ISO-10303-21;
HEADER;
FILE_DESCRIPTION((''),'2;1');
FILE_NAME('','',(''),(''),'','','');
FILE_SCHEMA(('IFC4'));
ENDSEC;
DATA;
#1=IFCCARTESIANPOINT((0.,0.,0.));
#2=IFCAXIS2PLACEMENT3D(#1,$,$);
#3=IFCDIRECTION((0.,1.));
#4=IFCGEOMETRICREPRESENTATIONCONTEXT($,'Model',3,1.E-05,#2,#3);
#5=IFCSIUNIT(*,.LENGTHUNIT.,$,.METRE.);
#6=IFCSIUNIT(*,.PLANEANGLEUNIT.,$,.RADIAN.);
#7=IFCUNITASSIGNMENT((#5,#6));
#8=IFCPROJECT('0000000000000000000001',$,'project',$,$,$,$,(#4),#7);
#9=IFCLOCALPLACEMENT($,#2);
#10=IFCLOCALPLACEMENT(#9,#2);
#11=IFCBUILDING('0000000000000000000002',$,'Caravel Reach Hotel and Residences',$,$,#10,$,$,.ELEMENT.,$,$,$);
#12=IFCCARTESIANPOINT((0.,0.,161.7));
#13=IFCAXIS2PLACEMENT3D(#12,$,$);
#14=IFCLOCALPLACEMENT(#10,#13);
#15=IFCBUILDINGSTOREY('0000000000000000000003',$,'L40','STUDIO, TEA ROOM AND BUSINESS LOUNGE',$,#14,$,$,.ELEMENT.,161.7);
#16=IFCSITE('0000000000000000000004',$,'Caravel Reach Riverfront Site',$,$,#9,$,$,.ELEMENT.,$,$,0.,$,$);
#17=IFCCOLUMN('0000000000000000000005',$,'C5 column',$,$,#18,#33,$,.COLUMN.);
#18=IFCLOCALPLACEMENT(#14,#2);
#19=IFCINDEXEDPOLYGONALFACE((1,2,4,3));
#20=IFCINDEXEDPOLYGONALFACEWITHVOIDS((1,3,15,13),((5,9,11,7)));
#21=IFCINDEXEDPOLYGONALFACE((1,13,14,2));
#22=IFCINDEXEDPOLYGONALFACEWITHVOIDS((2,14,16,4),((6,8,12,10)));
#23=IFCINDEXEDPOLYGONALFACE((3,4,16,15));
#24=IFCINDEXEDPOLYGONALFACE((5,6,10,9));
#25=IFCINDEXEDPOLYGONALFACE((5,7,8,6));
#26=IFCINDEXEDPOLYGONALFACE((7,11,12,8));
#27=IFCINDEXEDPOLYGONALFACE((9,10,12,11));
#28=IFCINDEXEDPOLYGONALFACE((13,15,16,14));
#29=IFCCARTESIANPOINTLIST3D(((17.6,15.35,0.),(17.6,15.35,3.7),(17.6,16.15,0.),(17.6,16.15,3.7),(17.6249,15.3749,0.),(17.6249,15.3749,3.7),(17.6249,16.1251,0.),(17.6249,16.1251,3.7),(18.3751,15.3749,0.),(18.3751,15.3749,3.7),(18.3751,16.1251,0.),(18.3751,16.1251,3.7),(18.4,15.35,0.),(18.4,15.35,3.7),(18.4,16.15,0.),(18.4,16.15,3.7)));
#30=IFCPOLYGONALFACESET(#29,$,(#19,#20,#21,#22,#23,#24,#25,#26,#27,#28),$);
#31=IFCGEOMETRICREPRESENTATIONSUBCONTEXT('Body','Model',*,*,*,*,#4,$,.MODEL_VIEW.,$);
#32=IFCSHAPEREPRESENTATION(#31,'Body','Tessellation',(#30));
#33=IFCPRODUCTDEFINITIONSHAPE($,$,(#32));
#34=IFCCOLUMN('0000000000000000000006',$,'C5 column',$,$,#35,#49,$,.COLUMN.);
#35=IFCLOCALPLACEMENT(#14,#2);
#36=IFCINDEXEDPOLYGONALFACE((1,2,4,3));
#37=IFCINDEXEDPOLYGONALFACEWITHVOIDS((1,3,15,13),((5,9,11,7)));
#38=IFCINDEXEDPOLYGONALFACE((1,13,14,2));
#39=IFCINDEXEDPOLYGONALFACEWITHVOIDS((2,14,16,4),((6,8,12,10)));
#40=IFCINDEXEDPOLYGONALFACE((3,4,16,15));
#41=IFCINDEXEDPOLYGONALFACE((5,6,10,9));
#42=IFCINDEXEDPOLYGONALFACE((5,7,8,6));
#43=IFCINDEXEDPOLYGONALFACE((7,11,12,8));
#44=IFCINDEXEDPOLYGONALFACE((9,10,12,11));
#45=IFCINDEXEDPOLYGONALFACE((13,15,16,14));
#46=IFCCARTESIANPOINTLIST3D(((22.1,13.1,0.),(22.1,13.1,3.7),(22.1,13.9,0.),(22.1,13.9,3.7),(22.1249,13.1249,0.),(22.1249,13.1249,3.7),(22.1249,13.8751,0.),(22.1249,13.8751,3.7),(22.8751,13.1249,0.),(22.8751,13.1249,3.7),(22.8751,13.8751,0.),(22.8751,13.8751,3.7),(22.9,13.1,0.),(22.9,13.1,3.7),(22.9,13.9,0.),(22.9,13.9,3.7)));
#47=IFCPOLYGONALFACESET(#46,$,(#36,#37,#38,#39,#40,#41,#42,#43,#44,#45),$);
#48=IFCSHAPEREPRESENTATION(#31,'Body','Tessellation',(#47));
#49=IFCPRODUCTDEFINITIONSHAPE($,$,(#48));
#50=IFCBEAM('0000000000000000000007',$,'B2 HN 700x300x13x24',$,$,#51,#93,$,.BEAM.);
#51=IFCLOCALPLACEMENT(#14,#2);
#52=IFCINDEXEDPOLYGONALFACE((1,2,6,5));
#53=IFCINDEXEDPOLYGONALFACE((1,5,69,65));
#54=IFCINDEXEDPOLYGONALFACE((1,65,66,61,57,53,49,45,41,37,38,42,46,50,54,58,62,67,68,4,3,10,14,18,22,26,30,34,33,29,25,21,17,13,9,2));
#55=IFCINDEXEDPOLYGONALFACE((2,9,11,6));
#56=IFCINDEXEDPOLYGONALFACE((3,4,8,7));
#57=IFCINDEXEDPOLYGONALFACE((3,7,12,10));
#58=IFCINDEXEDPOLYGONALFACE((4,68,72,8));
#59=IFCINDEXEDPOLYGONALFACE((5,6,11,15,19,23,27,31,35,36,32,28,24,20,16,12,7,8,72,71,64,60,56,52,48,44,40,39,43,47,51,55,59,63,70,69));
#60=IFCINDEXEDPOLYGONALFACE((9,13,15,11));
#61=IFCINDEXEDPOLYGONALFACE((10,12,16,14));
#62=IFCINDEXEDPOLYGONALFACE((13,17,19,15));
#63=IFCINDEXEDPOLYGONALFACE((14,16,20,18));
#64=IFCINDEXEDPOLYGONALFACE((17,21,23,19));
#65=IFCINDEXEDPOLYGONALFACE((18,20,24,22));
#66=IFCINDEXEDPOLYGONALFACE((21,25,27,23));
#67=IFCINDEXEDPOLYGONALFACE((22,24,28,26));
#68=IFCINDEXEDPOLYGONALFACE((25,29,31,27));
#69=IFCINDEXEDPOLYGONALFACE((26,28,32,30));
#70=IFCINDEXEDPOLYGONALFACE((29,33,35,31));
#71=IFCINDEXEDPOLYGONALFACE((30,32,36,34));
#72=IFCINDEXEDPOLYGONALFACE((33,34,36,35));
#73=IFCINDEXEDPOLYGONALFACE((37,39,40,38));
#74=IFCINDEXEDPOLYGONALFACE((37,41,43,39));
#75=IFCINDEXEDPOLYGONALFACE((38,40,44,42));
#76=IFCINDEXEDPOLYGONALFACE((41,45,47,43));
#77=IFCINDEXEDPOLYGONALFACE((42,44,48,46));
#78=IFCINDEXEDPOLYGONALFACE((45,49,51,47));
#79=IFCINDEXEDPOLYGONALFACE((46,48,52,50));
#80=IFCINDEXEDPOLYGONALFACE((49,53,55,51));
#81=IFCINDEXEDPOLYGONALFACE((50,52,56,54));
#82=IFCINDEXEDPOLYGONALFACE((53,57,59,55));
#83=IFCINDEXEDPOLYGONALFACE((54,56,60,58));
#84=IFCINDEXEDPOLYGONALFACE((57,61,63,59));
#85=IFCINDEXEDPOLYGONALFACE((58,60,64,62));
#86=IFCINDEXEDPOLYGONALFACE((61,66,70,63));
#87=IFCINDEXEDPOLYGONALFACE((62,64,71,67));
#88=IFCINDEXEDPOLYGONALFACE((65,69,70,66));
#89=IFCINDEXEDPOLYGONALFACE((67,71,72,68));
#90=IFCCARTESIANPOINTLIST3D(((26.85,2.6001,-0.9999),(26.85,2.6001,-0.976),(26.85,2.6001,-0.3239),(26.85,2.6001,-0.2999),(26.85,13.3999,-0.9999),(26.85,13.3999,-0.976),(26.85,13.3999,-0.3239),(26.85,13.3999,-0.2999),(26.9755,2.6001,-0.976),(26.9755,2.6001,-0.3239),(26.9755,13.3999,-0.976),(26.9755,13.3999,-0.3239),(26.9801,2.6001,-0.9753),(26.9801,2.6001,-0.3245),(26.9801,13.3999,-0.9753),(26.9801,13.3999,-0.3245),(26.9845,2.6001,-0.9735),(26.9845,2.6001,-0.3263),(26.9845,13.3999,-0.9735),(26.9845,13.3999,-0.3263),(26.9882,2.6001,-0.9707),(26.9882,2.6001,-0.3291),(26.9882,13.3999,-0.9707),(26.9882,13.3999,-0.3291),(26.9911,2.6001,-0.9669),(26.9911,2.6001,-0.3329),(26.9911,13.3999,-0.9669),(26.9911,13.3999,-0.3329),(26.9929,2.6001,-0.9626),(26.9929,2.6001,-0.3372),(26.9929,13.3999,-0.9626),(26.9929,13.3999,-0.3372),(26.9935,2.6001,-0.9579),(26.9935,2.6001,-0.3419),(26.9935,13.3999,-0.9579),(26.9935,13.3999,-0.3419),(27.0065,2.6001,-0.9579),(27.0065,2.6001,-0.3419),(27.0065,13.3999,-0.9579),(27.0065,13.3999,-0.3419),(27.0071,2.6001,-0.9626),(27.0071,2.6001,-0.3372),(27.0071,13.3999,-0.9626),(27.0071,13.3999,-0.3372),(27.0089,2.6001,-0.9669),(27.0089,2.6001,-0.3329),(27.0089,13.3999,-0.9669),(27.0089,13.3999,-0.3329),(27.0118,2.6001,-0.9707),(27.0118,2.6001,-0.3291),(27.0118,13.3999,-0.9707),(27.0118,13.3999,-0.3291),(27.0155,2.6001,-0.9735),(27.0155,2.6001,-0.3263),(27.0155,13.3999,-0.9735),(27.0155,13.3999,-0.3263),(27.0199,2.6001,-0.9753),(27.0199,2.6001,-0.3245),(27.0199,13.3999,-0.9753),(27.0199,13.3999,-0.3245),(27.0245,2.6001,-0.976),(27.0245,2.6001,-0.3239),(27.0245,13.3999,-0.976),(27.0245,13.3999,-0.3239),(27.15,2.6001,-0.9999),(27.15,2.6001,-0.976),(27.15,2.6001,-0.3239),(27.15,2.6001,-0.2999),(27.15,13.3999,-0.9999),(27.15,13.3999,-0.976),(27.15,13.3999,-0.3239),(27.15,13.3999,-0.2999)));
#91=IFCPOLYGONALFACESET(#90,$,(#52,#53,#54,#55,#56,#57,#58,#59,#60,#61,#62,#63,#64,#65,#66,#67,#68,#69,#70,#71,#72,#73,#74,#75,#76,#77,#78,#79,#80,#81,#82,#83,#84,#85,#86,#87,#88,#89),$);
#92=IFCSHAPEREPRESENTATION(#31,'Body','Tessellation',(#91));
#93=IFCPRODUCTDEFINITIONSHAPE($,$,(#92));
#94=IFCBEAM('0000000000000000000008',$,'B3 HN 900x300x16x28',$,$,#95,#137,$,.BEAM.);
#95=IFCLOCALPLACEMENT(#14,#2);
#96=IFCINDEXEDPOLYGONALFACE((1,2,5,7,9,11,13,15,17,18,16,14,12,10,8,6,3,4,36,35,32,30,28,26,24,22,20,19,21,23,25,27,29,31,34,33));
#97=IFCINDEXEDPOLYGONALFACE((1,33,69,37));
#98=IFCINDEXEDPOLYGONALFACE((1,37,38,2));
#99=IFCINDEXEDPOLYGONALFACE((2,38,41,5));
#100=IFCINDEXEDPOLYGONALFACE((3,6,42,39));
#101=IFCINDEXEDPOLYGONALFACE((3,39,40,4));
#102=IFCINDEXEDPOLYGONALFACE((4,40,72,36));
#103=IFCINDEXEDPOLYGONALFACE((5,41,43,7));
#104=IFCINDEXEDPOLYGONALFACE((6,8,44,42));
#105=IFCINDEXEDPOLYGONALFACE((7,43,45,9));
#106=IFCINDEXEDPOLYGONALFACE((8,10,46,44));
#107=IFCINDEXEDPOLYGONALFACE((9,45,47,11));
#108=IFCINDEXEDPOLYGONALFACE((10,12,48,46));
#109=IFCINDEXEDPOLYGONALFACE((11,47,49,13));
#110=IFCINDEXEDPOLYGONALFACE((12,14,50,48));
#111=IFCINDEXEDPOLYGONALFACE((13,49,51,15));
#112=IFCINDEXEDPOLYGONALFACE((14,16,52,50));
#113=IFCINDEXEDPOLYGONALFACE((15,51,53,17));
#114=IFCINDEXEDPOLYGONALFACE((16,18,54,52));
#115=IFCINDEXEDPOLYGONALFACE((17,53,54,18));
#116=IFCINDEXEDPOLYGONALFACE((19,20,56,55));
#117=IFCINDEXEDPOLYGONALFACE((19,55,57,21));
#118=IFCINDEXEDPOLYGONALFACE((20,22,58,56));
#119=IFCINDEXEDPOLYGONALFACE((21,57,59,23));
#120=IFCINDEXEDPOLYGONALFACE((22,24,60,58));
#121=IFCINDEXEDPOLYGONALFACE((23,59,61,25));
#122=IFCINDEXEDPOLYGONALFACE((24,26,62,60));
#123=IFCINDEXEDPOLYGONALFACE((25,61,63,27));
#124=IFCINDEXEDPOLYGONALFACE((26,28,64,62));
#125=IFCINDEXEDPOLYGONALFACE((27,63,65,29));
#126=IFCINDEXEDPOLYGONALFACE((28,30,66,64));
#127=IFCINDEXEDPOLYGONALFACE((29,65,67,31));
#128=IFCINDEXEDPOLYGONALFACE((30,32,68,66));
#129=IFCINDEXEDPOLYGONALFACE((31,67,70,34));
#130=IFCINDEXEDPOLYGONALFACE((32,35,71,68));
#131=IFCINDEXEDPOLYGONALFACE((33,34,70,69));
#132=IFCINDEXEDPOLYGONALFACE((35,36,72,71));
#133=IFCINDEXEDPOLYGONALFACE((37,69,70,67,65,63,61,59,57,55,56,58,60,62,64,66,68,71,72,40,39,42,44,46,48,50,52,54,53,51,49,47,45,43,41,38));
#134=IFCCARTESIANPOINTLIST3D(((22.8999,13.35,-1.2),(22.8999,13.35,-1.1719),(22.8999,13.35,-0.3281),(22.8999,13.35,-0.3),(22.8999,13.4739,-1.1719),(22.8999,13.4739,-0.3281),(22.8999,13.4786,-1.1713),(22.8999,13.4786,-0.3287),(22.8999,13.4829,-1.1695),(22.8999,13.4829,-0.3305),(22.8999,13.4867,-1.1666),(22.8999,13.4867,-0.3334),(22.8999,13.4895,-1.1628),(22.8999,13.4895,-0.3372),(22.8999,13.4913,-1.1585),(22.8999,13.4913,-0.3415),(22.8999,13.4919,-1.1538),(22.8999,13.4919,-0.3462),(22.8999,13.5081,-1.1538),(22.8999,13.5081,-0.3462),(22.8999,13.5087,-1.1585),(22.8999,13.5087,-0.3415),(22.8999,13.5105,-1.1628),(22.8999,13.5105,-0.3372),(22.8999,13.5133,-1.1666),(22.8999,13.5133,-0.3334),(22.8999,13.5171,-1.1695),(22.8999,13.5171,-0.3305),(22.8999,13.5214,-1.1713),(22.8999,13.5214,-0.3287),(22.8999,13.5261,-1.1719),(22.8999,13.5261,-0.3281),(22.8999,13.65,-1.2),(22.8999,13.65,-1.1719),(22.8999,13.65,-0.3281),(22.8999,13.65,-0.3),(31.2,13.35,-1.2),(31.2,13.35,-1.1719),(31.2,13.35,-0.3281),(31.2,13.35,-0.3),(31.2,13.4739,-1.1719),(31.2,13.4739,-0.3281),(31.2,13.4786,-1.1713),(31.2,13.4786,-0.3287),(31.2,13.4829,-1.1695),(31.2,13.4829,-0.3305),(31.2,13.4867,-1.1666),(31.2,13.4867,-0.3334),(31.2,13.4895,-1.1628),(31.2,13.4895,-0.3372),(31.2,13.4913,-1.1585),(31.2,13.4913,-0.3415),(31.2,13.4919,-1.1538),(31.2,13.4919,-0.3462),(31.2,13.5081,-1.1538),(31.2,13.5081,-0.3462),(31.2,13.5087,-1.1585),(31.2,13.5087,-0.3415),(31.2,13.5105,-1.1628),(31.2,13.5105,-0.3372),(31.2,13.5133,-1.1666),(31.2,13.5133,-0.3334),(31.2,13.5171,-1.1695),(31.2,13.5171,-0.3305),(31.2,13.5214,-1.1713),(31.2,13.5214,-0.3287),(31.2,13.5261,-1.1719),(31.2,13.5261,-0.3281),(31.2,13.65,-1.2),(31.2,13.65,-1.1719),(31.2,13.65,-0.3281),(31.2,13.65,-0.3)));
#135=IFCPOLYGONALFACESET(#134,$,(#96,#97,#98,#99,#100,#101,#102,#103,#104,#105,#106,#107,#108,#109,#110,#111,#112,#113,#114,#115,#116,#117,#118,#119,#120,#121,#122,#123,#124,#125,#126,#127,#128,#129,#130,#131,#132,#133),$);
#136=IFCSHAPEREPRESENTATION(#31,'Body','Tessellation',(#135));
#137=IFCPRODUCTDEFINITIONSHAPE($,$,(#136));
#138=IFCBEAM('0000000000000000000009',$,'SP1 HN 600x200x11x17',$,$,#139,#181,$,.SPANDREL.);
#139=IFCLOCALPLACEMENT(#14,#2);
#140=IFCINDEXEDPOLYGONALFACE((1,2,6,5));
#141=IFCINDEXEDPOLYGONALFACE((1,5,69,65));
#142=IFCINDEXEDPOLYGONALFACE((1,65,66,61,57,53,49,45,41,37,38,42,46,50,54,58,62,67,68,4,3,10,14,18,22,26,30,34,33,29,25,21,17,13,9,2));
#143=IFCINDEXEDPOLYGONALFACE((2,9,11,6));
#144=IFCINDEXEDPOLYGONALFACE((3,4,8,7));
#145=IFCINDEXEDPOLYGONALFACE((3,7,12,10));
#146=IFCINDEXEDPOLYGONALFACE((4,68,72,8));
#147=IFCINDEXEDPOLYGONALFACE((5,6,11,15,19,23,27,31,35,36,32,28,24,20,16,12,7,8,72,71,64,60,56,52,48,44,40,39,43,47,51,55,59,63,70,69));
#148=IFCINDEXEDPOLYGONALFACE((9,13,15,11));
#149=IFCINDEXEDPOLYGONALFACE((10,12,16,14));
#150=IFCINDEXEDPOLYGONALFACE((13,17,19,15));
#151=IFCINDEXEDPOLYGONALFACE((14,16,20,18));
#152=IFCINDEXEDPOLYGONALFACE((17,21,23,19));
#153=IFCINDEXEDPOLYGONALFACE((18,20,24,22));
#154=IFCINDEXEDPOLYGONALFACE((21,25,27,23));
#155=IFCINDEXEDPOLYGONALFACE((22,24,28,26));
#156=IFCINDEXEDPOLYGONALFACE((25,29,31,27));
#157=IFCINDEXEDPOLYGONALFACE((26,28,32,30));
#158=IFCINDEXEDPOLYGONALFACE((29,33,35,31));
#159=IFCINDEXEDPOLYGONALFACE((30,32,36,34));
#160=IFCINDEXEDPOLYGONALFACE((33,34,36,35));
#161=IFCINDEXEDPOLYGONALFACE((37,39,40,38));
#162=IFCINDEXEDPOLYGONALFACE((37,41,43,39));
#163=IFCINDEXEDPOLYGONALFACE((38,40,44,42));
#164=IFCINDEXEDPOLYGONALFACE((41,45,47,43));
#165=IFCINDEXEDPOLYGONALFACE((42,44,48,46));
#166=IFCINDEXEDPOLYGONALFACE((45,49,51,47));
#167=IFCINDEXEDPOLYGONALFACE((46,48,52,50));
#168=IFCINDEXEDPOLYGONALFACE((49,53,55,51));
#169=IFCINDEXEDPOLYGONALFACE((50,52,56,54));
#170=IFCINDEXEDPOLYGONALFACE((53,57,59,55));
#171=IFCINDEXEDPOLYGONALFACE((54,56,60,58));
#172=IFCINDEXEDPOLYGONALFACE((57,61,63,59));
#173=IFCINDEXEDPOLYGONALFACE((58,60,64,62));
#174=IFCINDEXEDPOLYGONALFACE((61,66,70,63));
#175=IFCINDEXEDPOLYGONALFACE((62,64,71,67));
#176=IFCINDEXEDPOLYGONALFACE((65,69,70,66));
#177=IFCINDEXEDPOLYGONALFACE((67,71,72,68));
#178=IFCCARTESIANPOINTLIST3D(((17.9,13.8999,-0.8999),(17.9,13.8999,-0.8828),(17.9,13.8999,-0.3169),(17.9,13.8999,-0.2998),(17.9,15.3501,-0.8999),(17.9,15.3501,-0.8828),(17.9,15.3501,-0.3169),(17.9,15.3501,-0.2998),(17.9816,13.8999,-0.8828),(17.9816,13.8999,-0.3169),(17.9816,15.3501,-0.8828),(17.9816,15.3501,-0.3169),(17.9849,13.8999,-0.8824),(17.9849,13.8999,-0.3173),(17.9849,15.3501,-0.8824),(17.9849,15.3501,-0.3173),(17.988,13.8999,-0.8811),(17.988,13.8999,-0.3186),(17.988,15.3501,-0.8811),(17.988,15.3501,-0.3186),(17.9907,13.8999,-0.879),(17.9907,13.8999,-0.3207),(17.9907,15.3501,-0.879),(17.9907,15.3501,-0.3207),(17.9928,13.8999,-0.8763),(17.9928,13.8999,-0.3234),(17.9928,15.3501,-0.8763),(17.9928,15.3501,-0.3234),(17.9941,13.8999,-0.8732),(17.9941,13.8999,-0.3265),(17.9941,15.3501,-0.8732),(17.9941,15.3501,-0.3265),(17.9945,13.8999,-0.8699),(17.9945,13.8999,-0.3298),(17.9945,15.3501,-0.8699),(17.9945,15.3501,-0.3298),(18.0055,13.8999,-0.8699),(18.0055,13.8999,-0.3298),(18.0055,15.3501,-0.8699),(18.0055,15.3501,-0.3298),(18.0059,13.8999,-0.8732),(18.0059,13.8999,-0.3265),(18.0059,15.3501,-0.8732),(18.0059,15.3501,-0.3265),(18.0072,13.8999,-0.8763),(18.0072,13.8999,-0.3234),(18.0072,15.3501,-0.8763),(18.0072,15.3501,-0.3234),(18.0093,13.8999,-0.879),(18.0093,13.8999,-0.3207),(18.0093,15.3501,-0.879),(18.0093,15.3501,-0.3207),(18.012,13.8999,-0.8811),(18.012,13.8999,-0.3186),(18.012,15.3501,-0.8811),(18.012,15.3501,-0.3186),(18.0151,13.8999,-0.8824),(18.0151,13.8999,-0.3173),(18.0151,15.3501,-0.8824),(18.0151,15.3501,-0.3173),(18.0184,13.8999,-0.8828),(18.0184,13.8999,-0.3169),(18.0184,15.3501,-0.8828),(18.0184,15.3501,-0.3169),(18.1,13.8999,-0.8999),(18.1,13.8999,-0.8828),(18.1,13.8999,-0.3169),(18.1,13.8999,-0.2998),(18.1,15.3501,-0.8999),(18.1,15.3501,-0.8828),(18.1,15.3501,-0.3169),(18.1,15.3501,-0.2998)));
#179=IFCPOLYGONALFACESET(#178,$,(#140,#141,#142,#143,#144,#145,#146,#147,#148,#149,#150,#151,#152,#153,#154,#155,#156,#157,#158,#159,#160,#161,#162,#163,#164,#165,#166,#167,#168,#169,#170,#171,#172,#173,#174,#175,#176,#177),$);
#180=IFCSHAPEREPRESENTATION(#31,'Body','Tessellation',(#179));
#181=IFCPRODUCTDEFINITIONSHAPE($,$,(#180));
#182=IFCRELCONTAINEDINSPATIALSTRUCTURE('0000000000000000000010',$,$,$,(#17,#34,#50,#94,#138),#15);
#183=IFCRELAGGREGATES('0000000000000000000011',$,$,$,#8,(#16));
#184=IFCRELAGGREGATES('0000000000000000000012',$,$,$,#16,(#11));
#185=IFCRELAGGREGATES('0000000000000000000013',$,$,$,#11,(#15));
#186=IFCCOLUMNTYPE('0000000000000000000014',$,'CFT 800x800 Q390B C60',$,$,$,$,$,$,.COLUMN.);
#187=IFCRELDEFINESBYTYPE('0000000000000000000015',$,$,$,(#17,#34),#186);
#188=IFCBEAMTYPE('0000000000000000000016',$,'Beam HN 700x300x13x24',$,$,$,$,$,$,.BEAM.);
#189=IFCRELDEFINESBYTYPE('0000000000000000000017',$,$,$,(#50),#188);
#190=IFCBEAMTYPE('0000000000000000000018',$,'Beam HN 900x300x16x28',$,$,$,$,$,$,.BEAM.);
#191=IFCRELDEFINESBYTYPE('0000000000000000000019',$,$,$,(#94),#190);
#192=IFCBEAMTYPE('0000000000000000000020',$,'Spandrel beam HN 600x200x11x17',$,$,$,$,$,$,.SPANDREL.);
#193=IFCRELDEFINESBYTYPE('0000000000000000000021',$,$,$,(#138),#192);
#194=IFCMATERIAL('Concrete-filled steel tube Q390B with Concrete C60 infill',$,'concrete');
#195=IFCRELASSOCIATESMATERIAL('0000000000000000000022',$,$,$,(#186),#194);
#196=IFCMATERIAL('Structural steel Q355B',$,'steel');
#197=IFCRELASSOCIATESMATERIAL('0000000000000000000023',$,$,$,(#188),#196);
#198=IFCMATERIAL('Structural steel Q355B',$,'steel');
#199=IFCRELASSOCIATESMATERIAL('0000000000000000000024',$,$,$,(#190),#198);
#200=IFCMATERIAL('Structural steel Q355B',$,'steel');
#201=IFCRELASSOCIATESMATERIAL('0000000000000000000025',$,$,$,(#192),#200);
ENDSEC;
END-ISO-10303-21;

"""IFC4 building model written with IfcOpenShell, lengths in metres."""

from ifc_helpers import new_model, si_unit, direction, frame, origin, origin_2d, place, context, subcontext, project, spatial, hollow_rectangle, i_section, extrude, material, material_profile, profile_set, type_object, element, save


model = new_model("IFC4")

# Units and contexts
model_context = context("Model", 3, precision=1e-05, world=origin(), true_north=direction((0.0, 1.0)))
body_context = subcontext(model_context, "Body", "Model", "MODEL_VIEW")
ifc_project = project(units=[si_unit("LENGTHUNIT", "METRE"), si_unit("PLANEANGLEUNIT", "RADIAN")], contexts=[model_context])

# Site, building, storey
site_placement = place(None, origin())
site = spatial("IfcSite", under=ifc_project, at=site_placement, Name="Caravel Reach Riverfront Site", CompositionType="ELEMENT", RefElevation=0.0)
building_placement = place(site_placement, origin())
building = spatial("IfcBuilding", under=site, at=building_placement, Name="Caravel Reach Hotel and Residences", CompositionType="ELEMENT")
storey_placement = place(building_placement, frame((0.0, 0.0, 161.7)))
storey = spatial("IfcBuildingStorey", under=building, at=storey_placement, Name="L40", Description="STUDIO, TEA ROOM AND BUSINESS LOUNGE", CompositionType="ELEMENT", Elevation=161.7)

# Columns
ifc_material_1 = material(Name="Concrete-filled steel tube Q390B with Concrete C60 infill", Category="concrete")
ifc_material_profile_1 = material_profile(ifc_material_1, hollow_rectangle(XDim=0.8, YDim=0.8, WallThickness=0.0249, at=origin_2d()), Name="RHS 800x800x25")
ifc_profile_set_1 = profile_set([ifc_material_profile_1], Name="Concrete-filled steel tube Q390B with Concrete C60 infill")
column_type = type_object("IfcColumnType", Name="CFT 800x800 Q390B C60", PredefinedType="COLUMN", material=ifc_profile_set_1)
for number, where, z_axis, x_axis, name in (
    (1, (18.0, 15.75, 0.0), (0.0, 0.0, 1.0), (1.0, 0.0, 0.0), "C5 column"),
    (2, (22.5, 13.5, 0.0), (0.0, 0.0, 1.0), (1.0, 0.0, 0.0), "C5 column"),
):
    element("IfcColumn", number, at=place(storey_placement, frame(where, z_axis=z_axis, x_axis=x_axis)), inside=storey, type_object=column_type, Name=name, PredefinedType="COLUMN", context=body_context, shape_type="SweptSolid", body=[
        extrude(hollow_rectangle(XDim=0.8, YDim=0.8, WallThickness=0.0249, at=origin_2d()), origin(), (0.0, 0.0, 1.0), 3.7),
    ])

# Beams
ifc_material_2 = material(Name="Structural steel Q355B", Category="steel")
ifc_material_profile_2 = material_profile(ifc_material_2, i_section(OverallWidth=0.3, OverallDepth=0.7, WebThickness=0.0129, FlangeThickness=0.0239, FilletRadius=0.0181, at=origin_2d()), Name="HN 700x300x13x24")
ifc_profile_set_2 = profile_set([ifc_material_profile_2], Name="Structural steel Q355B")
beam_type_1 = type_object("IfcBeamType", Name="Beam HN 700x300x13x24", PredefinedType="BEAM", material=ifc_profile_set_2)
beam_1_placement = place(storey_placement, frame((27.0, 13.3999, -0.6499), z_axis=(0.0, -1.0, 0.0), x_axis=(1.0, 0.0, 0.0)))
element("IfcBeam", 3, at=beam_1_placement, inside=storey, type_object=beam_type_1, Name="B2 HN 700x300x13x24", PredefinedType="BEAM", context=body_context, shape_type="SweptSolid", body=[
    extrude(i_section(OverallWidth=0.3, OverallDepth=0.7, WebThickness=0.0129, FlangeThickness=0.0239, FilletRadius=0.0181, at=origin_2d()), origin(), (0.0, 0.0, 1.0), 10.7998),
])
ifc_material_3 = material(Name="Structural steel Q355B", Category="steel")
ifc_material_profile_3 = material_profile(ifc_material_3, i_section(OverallWidth=0.3, OverallDepth=0.8999, WebThickness=0.0161, FlangeThickness=0.0281, FilletRadius=0.0181, at=origin_2d()), Name="HN 900x300x16x28")
ifc_profile_set_3 = profile_set([ifc_material_profile_3], Name="Structural steel Q355B")
beam_type_2 = type_object("IfcBeamType", Name="Beam HN 900x300x16x28", PredefinedType="BEAM", material=ifc_profile_set_3)
beam_2_placement = place(storey_placement, frame((22.8999, 13.5, -0.75), z_axis=(1.0, 0.0, 0.0), x_axis=(0.0, 1.0, 0.0)))
element("IfcBeam", 4, at=beam_2_placement, inside=storey, type_object=beam_type_2, Name="B3 HN 900x300x16x28", PredefinedType="BEAM", context=body_context, shape_type="SweptSolid", body=[
    extrude(i_section(OverallWidth=0.3, OverallDepth=0.8999, WebThickness=0.0161, FlangeThickness=0.0281, FilletRadius=0.0181, at=origin_2d()), origin(), (0.0, 0.0, 1.0), 8.3),
])
ifc_material_4 = material(Name="Structural steel Q355B", Category="steel")
ifc_material_profile_4 = material_profile(ifc_material_4, i_section(OverallWidth=0.2, OverallDepth=0.6001, WebThickness=0.011, FlangeThickness=0.0171, FilletRadius=0.0129, at=origin_2d()), Name="HN 600x200x11x17")
ifc_profile_set_4 = profile_set([ifc_material_profile_4], Name="Structural steel Q355B")
beam_type_3 = type_object("IfcBeamType", Name="Spandrel beam HN 600x200x11x17", PredefinedType="SPANDREL", material=ifc_profile_set_4)
beam_3_placement = place(storey_placement, frame((18.0, 15.3501, -0.5999), z_axis=(0.0, -1.0, 0.0), x_axis=(1.0, 0.0, 0.0)))
element("IfcBeam", 5, at=beam_3_placement, inside=storey, type_object=beam_type_3, Name="SP1 HN 600x200x11x17", PredefinedType="SPANDREL", context=body_context, shape_type="SweptSolid", body=[
    extrude(i_section(OverallWidth=0.2, OverallDepth=0.6001, WebThickness=0.011, FlangeThickness=0.0171, FilletRadius=0.0129, at=origin_2d()), origin(), (0.0, 0.0, 1.0), 1.4502),
])

save(model, "model.ifc")
